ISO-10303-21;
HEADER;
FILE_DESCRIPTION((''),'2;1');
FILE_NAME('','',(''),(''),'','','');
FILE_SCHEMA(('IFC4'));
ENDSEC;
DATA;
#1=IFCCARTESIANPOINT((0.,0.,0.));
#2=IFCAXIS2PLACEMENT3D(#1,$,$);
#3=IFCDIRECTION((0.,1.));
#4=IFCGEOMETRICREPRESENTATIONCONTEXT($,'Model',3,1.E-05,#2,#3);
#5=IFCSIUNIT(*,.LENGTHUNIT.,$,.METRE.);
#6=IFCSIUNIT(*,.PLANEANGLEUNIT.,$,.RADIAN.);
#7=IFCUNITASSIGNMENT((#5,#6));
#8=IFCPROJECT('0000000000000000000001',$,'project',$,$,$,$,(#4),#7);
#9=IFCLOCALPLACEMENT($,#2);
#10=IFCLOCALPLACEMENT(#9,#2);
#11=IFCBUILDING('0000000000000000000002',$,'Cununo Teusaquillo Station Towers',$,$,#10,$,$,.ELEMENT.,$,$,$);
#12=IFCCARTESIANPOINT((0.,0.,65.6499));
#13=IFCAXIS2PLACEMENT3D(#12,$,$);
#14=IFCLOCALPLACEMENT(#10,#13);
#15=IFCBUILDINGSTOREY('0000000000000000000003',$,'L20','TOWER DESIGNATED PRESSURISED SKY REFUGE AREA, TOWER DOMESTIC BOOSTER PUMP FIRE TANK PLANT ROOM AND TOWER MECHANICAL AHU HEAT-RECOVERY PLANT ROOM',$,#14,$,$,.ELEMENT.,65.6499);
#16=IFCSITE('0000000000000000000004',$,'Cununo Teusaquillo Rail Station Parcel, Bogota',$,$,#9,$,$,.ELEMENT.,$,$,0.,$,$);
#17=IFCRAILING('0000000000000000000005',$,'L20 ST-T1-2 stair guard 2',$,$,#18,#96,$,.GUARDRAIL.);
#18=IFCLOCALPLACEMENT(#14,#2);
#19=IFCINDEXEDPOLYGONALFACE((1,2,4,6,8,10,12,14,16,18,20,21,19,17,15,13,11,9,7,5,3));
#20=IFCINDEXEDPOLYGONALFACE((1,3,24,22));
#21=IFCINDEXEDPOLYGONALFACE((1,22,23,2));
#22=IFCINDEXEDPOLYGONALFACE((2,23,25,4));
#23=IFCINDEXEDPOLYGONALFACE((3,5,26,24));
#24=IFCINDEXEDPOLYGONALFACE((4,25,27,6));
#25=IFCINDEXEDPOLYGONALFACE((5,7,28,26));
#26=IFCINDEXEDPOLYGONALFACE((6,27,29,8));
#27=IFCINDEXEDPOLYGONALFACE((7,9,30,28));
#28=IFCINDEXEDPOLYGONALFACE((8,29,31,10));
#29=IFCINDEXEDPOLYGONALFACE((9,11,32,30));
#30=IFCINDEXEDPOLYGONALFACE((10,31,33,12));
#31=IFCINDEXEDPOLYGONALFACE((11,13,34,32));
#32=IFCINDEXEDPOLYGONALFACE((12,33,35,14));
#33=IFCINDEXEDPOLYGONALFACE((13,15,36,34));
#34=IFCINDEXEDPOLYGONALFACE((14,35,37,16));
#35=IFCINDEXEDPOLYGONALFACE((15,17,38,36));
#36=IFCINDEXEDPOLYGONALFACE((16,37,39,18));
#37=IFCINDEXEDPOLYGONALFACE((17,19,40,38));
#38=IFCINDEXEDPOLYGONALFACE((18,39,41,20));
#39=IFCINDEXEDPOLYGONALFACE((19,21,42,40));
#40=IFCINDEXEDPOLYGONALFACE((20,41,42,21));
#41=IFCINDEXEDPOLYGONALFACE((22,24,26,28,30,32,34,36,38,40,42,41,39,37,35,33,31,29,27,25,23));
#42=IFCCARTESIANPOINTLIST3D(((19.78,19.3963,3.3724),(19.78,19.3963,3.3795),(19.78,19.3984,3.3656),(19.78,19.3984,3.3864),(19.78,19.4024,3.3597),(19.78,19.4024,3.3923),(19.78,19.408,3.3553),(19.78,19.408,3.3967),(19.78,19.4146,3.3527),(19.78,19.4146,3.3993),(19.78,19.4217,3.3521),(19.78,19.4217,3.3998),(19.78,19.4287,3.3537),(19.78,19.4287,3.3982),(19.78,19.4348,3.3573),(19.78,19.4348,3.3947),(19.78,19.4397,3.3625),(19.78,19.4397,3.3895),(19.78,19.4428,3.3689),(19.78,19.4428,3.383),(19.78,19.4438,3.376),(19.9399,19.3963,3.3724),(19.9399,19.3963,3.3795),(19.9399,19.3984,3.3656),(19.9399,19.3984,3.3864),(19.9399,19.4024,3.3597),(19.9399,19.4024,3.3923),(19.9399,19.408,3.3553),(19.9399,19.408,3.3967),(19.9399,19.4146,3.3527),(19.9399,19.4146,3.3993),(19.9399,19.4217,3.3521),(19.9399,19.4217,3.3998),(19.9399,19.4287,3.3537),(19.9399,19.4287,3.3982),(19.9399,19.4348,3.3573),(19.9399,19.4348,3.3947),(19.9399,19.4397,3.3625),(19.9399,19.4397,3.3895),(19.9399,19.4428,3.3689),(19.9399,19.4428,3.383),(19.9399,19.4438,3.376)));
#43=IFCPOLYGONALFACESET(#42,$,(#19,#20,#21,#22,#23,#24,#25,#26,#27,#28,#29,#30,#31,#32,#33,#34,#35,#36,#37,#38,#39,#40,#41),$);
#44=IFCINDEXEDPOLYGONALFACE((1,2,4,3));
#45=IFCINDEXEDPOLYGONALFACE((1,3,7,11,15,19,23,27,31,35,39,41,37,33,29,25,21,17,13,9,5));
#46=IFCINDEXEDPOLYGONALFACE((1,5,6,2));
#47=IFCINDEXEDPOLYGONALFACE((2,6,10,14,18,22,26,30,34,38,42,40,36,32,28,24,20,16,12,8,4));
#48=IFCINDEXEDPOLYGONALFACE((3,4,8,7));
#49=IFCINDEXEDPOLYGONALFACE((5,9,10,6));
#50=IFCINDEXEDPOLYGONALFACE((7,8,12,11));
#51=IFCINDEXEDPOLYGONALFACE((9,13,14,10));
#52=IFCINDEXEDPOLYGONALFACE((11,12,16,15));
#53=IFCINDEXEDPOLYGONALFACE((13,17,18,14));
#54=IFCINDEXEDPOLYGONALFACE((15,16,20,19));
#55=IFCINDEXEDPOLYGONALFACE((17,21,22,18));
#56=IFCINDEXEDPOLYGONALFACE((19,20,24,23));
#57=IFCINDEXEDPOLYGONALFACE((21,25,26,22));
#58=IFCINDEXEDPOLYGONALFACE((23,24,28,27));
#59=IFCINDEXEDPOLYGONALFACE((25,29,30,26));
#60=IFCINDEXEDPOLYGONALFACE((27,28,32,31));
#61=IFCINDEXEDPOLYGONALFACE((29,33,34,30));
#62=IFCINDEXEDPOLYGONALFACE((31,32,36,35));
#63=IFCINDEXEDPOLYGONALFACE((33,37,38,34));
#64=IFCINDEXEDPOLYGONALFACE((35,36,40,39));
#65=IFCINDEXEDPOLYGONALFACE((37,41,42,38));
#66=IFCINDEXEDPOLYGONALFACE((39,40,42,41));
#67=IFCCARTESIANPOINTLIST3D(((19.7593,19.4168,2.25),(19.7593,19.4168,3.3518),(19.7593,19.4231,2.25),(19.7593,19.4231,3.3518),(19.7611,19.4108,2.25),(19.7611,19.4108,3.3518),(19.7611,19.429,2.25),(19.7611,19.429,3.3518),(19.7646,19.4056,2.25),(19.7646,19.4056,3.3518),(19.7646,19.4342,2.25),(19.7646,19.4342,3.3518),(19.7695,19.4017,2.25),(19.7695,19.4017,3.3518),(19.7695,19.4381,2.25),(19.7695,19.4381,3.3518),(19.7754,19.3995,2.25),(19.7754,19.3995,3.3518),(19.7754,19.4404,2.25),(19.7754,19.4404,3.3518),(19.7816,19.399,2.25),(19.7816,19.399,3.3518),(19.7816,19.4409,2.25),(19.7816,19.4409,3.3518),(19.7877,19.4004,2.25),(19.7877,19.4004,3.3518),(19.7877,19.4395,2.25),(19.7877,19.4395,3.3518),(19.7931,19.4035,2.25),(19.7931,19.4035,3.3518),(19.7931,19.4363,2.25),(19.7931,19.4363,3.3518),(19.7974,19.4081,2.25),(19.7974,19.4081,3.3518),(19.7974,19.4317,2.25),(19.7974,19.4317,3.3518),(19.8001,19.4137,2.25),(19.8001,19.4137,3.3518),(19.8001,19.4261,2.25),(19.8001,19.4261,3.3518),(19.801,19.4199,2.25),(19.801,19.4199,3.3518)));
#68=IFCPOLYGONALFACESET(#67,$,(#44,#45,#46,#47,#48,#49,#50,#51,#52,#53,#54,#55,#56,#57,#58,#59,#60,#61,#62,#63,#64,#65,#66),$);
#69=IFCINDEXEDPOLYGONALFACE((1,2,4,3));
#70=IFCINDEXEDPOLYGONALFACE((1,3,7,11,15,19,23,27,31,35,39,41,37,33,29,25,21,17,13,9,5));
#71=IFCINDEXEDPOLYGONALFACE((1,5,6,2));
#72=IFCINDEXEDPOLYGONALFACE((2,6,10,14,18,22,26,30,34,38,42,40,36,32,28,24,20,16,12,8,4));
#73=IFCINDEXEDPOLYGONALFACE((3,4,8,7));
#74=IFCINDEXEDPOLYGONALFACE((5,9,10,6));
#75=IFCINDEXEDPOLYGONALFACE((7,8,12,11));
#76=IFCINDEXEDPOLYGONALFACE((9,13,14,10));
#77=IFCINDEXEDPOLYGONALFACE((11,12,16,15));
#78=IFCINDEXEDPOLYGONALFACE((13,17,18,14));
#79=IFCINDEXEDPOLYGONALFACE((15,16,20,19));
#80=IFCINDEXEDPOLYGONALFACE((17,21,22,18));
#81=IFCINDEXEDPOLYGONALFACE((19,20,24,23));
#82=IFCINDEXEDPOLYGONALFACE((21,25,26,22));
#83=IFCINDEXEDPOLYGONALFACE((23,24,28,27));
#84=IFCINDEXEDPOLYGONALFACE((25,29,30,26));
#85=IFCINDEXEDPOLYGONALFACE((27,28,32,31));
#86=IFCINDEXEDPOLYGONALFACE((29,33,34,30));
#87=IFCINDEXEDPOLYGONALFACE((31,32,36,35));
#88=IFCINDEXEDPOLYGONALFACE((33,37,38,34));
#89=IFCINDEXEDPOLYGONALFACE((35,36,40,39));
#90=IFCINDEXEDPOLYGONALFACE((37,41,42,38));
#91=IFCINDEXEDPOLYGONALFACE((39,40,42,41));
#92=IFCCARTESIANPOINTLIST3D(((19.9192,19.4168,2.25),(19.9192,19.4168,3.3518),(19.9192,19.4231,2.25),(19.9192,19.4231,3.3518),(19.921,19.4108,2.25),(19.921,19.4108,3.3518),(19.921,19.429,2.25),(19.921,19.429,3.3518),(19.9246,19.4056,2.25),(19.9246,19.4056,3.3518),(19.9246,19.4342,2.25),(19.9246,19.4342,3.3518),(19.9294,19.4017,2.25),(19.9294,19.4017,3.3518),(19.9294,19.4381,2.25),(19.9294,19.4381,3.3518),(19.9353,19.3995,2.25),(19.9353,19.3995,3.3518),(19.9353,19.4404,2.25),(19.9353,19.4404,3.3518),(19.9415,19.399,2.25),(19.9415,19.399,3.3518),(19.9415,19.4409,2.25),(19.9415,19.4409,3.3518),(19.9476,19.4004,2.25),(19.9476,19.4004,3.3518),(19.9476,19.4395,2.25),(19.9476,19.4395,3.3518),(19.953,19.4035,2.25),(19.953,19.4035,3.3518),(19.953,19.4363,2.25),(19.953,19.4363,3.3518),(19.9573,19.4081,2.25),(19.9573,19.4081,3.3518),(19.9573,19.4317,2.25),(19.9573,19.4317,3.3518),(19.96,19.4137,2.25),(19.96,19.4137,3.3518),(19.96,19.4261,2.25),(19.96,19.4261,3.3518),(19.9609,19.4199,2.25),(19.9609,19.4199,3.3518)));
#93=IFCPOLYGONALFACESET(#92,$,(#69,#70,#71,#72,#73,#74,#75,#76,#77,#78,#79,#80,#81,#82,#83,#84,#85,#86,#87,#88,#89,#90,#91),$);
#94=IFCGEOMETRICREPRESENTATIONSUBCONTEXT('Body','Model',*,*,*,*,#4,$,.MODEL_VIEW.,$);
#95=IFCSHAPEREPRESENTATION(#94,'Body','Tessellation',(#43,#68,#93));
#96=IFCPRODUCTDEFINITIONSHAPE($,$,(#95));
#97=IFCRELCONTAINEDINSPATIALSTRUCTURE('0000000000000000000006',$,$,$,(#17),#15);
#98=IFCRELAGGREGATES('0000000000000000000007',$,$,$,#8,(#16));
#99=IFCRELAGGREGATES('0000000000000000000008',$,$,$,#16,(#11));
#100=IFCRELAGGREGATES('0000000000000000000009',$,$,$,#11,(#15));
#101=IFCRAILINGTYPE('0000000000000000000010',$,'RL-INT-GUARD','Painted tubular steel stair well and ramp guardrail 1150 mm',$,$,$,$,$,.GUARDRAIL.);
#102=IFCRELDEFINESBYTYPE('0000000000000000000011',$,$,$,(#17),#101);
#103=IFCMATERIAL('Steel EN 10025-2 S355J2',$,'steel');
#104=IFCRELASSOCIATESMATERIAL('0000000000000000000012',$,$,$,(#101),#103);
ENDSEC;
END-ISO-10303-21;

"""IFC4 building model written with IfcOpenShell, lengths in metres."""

from ifc_helpers import new_model, si_unit, direction, frame, origin, origin_2d, place, context, subcontext, project, spatial, circle, extrude, material, type_object, element, save


model = new_model("IFC4")

# Units and contexts
model_context = context("Model", 3, precision=1e-05, world=origin(), true_north=direction((0.0, 1.0)))
body_context = subcontext(model_context, "Body", "Model", "MODEL_VIEW")
ifc_project = project(units=[si_unit("LENGTHUNIT", "METRE"), si_unit("PLANEANGLEUNIT", "RADIAN")], contexts=[model_context])

# Site, building, storey
site_placement = place(None, origin())
site = spatial("IfcSite", under=ifc_project, at=site_placement, Name="Cununo Teusaquillo Rail Station Parcel, Bogota", CompositionType="ELEMENT", RefElevation=0.0)
building_placement = place(site_placement, origin())
building = spatial("IfcBuilding", under=site, at=building_placement, Name="Cununo Teusaquillo Station Towers", CompositionType="ELEMENT")
storey_placement = place(building_placement, frame((0.0, 0.0, 65.6499)))
storey = spatial("IfcBuildingStorey", under=building, at=storey_placement, Name="L20", Description="TOWER DESIGNATED PRESSURISED SKY REFUGE AREA, TOWER DOMESTIC BOOSTER PUMP FIRE TANK PLANT ROOM AND TOWER MECHANICAL AHU HEAT-RECOVERY PLANT ROOM", CompositionType="ELEMENT", Elevation=65.6499)

# Railing
ifc_material_1 = material(Name="Steel EN 10025-2 S355J2", Category="steel")
railing_type_1 = type_object("IfcRailingType", Name="RL-INT-GUARD", Description="Painted tubular steel stair well and ramp guardrail 1150 mm", PredefinedType="GUARDRAIL", material=ifc_material_1)
railing_1_placement = place(storey_placement, frame((19.78, 19.4199, 2.25)))
element("IfcRailing", 1, at=railing_1_placement, inside=storey, type_object=railing_type_1, Name="L20 ST-T1-2 stair guard 2", PredefinedType="GUARDRAIL", context=body_context, shape_type="SweptSolid", body=[
    extrude(circle(Radius=0.0239, at=origin_2d()), frame((0.0, 0.0, 1.126), z_axis=(1.0, 0.0, 0.0), x_axis=(0.0, 1.0, 0.0)), (0.0, 0.0, 1.0), 0.1599),
    extrude(circle(Radius=0.021, at=origin_2d()), origin(), (0.0, 0.0, 1.0), 1.1018),
    extrude(circle(Radius=0.021, at=origin_2d()), frame((0.1599, 0.0, 0.0)), (0.0, 0.0, 1.0), 1.1018),
])

save(model, "model.ifc")
